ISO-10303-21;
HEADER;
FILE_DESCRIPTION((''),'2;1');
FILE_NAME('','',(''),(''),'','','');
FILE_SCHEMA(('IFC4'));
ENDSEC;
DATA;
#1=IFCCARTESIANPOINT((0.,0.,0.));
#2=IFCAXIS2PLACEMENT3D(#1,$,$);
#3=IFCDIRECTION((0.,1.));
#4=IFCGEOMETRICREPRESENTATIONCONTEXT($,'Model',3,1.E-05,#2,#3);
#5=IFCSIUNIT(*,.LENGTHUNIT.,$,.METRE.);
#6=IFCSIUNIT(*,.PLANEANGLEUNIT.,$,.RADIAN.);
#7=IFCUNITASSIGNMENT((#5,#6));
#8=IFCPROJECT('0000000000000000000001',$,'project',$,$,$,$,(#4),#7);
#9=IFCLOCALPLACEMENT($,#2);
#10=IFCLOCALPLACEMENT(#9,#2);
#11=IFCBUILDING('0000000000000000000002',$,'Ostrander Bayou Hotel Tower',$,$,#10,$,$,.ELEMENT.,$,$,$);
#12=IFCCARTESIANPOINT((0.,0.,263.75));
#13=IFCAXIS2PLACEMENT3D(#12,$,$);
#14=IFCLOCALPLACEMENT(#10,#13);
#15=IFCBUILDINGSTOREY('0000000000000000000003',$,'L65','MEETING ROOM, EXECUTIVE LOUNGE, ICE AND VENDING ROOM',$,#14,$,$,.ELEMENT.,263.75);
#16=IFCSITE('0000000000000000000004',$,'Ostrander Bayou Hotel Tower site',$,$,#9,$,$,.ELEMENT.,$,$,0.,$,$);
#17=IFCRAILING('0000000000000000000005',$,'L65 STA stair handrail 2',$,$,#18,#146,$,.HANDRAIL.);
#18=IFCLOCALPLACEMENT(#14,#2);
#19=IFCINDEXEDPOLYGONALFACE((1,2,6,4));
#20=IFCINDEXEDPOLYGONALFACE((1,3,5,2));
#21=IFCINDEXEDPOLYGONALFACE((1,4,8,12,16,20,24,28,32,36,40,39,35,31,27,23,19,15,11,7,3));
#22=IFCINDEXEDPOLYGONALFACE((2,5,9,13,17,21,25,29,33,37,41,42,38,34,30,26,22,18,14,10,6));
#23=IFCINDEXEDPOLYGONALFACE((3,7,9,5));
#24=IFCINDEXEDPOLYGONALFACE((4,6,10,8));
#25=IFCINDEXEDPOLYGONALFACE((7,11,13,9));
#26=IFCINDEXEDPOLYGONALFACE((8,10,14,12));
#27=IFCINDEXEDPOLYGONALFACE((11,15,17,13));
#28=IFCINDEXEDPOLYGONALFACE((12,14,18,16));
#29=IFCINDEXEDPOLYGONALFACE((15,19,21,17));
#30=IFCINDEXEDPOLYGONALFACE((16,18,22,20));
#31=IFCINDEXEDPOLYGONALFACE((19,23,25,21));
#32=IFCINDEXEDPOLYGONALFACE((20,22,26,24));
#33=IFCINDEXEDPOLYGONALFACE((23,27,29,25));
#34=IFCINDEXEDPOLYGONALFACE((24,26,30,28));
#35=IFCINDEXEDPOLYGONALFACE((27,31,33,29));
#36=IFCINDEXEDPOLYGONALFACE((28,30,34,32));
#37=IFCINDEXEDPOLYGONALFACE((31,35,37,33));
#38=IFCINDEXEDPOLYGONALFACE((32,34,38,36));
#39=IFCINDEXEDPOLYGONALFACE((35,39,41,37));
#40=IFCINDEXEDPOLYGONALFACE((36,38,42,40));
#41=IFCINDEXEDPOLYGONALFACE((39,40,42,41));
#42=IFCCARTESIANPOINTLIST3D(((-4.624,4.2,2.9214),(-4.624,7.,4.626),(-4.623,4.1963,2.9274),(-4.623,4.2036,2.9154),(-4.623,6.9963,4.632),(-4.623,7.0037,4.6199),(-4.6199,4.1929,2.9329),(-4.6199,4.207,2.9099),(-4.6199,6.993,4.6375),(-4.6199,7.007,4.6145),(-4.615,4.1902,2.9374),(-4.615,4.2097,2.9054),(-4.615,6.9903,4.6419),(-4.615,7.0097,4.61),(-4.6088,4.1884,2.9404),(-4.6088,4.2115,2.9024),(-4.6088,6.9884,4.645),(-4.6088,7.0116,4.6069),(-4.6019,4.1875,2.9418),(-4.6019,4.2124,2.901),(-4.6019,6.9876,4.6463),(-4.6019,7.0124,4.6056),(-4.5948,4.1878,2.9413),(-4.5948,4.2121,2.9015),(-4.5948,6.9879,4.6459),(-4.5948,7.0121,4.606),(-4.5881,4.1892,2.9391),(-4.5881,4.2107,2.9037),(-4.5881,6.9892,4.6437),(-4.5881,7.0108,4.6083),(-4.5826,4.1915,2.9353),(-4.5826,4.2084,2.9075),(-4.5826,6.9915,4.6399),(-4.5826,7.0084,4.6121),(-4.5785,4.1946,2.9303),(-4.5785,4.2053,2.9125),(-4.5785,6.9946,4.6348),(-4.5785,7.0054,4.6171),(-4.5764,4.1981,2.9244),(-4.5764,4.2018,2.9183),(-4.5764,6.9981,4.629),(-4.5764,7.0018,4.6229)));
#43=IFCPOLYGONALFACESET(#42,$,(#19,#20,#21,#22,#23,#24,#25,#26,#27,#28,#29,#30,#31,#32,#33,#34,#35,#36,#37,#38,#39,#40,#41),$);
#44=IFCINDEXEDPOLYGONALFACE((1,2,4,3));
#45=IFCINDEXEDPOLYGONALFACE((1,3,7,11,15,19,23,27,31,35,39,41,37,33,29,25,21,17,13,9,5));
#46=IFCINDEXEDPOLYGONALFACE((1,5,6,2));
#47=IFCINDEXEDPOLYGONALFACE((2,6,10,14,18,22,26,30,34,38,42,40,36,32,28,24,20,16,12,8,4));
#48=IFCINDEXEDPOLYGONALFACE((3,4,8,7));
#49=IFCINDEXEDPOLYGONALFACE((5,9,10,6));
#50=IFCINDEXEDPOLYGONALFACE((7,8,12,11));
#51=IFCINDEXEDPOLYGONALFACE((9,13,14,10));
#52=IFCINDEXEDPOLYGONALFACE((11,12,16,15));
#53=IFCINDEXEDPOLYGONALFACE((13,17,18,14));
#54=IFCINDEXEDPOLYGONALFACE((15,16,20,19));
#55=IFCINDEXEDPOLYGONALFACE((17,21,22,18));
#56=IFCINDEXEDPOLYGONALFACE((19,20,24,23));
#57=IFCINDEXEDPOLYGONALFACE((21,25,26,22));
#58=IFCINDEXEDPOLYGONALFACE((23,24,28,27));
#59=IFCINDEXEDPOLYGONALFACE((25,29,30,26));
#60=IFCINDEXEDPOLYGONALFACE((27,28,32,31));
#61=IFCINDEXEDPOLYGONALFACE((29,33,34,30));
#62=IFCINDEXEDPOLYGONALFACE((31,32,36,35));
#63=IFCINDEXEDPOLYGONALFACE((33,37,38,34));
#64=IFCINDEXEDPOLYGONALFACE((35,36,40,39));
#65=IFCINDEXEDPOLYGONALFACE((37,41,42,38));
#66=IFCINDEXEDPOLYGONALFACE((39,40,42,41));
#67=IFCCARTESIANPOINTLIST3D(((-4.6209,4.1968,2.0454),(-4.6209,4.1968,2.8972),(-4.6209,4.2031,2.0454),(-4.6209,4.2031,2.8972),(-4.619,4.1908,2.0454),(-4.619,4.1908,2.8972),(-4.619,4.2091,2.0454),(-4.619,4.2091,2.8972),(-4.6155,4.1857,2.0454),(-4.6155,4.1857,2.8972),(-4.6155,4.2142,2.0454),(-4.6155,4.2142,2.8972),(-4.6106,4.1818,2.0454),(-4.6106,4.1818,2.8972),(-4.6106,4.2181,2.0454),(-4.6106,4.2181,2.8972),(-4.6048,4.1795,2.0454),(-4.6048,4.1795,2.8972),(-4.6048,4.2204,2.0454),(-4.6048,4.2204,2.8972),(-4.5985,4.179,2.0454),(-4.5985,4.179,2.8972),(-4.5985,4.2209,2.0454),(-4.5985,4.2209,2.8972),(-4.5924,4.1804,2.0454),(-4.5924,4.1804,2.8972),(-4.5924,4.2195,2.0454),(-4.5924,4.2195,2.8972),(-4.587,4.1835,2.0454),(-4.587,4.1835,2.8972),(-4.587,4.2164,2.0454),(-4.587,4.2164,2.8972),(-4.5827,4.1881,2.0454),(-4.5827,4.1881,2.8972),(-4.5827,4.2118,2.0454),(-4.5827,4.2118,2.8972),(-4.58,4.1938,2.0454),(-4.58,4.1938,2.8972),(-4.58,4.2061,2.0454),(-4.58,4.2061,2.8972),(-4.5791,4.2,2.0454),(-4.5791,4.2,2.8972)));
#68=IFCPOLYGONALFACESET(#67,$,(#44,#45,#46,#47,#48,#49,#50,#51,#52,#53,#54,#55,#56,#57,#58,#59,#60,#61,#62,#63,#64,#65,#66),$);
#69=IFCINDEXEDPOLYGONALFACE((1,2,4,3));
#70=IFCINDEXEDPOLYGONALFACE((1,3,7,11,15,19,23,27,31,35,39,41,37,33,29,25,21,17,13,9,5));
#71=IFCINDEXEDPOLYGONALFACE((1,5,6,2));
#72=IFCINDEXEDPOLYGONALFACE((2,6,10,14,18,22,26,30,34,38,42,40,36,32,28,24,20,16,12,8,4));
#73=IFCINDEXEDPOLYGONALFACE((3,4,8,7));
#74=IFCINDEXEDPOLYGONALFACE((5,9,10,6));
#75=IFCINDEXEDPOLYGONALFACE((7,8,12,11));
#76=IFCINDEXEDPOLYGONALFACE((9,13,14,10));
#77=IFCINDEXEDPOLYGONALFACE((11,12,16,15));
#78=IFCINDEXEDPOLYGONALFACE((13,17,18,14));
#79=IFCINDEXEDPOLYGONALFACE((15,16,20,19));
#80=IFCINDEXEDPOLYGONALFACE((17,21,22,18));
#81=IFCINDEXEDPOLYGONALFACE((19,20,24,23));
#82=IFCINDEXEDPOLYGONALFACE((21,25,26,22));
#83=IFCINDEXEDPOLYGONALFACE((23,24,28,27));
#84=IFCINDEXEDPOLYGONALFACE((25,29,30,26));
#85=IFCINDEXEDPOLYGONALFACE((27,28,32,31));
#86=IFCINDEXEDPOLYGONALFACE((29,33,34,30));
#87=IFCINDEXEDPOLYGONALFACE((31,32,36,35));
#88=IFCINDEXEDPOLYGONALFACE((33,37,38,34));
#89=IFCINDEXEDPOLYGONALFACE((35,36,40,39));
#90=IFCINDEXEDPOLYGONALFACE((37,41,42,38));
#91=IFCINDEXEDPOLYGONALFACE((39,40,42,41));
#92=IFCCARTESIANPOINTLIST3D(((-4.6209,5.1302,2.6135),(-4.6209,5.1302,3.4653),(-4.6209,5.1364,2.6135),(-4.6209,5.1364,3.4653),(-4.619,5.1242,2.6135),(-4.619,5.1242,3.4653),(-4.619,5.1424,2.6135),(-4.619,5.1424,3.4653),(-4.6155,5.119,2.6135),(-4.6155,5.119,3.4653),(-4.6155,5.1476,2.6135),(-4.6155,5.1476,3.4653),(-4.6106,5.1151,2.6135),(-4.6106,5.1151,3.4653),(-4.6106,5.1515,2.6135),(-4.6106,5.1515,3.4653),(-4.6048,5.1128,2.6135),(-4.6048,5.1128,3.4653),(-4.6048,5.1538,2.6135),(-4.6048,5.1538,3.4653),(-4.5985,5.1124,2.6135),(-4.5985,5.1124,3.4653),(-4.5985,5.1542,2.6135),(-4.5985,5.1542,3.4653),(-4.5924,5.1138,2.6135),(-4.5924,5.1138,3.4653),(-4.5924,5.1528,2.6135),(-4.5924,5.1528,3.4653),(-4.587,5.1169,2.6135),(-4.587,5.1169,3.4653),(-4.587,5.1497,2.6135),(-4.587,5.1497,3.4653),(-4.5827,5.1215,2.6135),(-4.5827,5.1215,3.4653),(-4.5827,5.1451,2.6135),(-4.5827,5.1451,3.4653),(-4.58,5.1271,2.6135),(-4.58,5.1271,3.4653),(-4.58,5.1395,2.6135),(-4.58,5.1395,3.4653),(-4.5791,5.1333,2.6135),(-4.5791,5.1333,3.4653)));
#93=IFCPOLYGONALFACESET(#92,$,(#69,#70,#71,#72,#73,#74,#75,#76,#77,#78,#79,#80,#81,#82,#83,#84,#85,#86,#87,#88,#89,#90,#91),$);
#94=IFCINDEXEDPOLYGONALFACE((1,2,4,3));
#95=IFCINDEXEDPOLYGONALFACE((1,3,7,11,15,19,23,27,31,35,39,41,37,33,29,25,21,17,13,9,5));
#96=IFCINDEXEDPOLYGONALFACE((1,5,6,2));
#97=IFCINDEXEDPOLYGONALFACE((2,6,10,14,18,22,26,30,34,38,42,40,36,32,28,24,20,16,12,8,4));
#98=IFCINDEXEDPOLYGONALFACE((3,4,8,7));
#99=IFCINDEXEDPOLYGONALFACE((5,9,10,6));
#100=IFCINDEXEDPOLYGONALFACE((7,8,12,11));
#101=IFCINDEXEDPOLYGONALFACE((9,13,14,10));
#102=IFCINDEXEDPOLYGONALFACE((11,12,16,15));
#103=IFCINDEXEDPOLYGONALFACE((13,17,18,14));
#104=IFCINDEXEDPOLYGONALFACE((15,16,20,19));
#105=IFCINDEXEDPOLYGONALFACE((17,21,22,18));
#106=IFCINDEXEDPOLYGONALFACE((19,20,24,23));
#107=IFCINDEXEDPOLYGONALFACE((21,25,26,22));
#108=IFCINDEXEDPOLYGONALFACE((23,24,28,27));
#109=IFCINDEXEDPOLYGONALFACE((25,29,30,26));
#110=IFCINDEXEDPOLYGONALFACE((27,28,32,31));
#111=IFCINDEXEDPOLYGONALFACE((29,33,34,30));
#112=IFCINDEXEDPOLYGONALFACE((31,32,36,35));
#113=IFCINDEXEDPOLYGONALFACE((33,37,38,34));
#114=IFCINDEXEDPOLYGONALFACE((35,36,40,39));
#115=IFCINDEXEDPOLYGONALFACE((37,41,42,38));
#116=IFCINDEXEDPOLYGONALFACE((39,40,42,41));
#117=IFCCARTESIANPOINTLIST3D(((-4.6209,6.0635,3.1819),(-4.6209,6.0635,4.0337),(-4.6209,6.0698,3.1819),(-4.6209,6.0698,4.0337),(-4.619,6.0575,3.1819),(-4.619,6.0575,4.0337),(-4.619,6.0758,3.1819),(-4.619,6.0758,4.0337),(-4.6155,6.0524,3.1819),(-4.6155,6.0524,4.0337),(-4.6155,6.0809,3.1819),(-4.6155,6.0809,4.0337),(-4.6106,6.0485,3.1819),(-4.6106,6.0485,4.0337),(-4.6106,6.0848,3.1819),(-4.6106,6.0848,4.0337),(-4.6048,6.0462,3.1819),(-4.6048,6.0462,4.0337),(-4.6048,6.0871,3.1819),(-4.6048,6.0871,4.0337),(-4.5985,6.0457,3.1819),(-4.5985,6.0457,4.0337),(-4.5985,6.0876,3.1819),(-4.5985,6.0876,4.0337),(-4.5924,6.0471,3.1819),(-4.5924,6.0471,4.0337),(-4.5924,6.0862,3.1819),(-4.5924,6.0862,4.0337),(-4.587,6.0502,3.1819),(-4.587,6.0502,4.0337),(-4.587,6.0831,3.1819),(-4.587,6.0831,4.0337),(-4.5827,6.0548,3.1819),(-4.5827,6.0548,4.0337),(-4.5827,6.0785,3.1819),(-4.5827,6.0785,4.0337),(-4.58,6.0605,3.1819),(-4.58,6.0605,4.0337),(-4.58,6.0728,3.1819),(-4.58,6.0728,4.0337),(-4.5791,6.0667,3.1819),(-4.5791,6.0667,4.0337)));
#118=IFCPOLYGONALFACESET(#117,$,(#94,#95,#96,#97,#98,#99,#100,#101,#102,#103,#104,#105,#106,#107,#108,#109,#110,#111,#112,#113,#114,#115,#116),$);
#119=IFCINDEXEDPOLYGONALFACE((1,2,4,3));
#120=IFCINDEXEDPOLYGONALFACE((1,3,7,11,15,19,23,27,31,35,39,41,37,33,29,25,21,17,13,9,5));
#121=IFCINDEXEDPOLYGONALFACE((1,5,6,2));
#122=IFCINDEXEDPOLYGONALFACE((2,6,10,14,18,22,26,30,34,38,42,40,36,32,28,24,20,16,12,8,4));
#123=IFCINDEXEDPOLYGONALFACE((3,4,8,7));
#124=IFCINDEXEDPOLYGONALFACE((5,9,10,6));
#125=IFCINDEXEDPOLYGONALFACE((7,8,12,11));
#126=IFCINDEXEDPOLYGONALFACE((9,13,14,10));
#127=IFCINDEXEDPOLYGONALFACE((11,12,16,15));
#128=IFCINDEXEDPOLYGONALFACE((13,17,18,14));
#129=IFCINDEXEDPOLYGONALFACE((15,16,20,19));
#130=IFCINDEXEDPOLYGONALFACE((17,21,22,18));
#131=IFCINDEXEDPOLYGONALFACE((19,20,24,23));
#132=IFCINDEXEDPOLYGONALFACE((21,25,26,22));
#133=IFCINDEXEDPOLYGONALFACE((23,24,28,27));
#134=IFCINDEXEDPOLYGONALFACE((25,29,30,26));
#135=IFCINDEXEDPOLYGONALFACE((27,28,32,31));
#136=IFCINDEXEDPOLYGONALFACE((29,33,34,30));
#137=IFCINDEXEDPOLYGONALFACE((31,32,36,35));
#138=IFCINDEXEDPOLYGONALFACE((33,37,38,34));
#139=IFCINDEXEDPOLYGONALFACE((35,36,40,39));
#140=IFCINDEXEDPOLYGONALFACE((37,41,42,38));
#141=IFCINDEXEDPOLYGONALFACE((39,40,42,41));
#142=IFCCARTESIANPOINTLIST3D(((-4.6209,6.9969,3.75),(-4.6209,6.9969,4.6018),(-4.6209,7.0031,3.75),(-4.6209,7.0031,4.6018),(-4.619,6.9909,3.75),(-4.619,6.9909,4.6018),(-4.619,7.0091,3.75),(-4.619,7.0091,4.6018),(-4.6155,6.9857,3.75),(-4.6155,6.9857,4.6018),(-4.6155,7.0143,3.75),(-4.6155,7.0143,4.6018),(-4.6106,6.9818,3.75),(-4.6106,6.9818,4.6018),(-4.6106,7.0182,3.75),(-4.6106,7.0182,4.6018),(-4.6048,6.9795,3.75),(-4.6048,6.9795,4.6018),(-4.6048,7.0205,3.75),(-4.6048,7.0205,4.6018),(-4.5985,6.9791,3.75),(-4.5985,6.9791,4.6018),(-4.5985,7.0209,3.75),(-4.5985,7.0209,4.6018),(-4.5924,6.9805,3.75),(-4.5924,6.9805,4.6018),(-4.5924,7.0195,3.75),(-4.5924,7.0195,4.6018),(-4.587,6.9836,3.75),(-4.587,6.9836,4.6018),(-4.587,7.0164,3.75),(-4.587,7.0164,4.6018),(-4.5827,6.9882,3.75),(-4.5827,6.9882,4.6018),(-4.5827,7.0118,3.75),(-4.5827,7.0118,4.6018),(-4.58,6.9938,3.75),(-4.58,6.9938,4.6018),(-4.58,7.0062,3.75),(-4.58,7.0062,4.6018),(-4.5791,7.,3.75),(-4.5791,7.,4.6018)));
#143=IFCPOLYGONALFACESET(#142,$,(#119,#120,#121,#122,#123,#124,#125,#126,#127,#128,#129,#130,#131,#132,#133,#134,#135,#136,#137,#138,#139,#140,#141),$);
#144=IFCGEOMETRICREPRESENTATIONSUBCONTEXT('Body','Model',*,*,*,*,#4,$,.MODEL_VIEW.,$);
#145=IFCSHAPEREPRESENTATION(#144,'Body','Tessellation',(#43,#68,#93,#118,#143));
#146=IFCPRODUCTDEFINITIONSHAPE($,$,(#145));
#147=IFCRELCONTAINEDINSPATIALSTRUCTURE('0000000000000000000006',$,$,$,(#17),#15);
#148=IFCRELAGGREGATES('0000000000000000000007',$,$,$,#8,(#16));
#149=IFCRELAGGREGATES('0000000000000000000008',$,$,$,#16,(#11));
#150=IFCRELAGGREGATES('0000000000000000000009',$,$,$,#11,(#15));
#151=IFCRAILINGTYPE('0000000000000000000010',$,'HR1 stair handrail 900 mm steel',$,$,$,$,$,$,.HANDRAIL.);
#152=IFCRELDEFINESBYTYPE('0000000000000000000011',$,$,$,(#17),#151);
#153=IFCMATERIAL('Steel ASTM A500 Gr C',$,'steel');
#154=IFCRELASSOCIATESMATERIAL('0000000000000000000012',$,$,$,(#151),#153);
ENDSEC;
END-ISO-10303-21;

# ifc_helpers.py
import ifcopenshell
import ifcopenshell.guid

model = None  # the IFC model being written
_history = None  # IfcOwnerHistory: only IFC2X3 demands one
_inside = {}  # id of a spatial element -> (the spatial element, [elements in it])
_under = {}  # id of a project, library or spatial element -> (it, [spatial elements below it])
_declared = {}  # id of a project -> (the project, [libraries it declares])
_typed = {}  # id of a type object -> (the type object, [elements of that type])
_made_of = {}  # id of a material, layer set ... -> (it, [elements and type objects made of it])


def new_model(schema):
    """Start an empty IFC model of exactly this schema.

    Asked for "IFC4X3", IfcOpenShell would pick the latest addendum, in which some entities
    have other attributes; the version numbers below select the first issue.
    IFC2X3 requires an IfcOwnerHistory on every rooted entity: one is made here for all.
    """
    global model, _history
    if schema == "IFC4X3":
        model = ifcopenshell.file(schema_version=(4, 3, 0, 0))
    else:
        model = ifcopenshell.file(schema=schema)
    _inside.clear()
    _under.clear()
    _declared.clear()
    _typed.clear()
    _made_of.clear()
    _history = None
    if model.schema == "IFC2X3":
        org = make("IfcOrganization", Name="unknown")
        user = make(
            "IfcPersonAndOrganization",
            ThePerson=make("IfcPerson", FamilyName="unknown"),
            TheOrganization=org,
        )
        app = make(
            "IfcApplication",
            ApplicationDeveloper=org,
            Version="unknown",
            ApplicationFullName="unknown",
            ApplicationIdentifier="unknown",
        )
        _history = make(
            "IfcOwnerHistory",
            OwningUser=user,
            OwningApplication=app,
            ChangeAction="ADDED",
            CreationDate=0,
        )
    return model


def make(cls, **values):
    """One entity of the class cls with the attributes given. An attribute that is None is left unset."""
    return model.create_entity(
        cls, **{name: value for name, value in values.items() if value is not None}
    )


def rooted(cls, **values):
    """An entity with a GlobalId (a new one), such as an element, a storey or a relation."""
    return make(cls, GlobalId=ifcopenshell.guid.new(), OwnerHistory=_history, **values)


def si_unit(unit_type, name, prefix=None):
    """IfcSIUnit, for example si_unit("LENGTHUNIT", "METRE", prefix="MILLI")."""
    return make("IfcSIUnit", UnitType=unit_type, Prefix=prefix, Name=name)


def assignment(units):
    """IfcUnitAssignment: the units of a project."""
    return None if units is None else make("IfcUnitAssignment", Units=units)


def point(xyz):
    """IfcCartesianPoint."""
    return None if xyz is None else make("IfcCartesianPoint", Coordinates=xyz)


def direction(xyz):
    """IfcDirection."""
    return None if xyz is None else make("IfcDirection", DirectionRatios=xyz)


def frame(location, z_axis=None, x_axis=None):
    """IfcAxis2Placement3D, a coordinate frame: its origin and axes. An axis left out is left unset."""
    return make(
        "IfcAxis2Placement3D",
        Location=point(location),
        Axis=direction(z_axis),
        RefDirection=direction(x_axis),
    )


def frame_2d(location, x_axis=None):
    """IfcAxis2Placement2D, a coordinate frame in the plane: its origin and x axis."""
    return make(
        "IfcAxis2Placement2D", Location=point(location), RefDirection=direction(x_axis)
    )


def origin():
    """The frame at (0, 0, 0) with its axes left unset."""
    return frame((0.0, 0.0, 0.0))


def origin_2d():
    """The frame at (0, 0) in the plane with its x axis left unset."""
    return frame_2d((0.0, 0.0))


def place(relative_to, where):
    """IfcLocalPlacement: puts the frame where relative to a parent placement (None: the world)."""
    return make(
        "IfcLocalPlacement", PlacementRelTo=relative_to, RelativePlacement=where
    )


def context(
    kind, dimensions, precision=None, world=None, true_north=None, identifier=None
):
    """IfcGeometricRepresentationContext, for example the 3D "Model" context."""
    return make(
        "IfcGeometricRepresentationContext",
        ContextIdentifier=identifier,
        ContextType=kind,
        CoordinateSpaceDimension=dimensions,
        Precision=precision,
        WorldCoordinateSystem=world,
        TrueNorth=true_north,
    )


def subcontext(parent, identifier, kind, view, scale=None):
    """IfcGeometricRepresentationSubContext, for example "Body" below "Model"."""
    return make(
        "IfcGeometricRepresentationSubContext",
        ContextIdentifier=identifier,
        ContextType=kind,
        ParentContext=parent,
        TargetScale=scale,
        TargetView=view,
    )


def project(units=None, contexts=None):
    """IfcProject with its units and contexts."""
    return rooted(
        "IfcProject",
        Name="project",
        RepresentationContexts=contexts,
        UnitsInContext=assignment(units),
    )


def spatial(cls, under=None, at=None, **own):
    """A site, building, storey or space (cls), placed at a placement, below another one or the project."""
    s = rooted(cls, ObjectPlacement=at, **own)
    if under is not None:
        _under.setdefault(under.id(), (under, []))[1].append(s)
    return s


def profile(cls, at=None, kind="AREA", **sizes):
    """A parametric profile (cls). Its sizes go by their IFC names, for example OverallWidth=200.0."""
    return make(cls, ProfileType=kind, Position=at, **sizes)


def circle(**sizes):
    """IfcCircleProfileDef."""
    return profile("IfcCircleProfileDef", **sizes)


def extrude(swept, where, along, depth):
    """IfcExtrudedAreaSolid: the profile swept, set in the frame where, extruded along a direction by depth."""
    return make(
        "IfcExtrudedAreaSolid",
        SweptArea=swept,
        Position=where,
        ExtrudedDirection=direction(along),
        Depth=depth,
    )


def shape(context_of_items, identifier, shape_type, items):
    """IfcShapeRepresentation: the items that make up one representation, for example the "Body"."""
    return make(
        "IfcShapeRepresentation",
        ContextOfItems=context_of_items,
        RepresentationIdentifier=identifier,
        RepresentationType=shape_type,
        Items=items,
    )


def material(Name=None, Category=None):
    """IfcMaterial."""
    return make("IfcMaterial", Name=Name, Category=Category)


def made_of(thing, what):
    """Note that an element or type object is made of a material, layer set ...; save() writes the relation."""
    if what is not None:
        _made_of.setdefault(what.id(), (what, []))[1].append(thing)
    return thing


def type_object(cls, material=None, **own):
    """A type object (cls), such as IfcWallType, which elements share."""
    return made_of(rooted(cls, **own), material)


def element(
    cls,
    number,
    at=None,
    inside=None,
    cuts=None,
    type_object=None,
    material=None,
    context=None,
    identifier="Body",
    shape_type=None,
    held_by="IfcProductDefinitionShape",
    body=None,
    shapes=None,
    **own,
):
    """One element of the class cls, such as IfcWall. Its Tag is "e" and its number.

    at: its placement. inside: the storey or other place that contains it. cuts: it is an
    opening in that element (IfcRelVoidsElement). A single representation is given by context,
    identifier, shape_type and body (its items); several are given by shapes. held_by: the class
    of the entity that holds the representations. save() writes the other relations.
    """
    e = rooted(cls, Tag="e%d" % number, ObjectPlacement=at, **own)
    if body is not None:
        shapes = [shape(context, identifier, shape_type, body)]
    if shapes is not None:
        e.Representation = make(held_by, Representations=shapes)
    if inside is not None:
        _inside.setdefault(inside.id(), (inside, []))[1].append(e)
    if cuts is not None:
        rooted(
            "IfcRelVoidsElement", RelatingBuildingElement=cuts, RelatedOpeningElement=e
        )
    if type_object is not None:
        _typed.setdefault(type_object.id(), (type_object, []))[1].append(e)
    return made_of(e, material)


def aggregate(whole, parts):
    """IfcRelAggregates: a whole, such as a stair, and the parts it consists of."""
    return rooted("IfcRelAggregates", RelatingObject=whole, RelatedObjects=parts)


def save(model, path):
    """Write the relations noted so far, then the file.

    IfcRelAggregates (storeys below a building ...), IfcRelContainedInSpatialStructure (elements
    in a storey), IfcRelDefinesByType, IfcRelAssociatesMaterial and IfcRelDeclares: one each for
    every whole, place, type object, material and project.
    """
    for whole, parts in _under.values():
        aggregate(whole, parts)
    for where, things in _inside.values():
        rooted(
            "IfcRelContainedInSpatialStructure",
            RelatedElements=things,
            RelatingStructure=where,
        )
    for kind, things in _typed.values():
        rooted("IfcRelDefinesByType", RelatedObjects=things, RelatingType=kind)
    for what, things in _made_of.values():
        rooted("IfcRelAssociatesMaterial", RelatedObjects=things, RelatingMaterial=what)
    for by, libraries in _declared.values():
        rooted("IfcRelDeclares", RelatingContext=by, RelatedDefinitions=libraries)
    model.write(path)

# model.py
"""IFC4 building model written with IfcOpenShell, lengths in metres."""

from ifc_helpers import new_model, si_unit, direction, frame, origin, origin_2d, place, context, subcontext, project, spatial, circle, extrude, material, type_object, element, save


model = new_model("IFC4")

# Units and contexts
model_context = context("Model", 3, precision=1e-05, world=origin(), true_north=direction((0.0, 1.0)))
body_context = subcontext(model_context, "Body", "Model", "MODEL_VIEW")
ifc_project = project(units=[si_unit("LENGTHUNIT", "METRE"), si_unit("PLANEANGLEUNIT", "RADIAN")], contexts=[model_context])

# Site, building, storey
site_placement = place(None, origin())
site = spatial("IfcSite", under=ifc_project, at=site_placement, Name="Ostrander Bayou Hotel Tower site", CompositionType="ELEMENT", RefElevation=0.0)
building_placement = place(site_placement, origin())
building = spatial("IfcBuilding", under=site, at=building_placement, Name="Ostrander Bayou Hotel Tower", CompositionType="ELEMENT")
storey_placement = place(building_placement, frame((0.0, 0.0, 263.75)))
storey = spatial("IfcBuildingStorey", under=building, at=storey_placement, Name="L65", Description="MEETING ROOM, EXECUTIVE LOUNGE, ICE AND VENDING ROOM", CompositionType="ELEMENT", Elevation=263.75)

# Railing
ifc_material_1 = material(Name="Steel ASTM A500 Gr C", Category="steel")
railing_type_1 = type_object("IfcRailingType", Name="HR1 stair handrail 900 mm steel", PredefinedType="HANDRAIL", material=ifc_material_1)
railing_1_placement = place(storey_placement, frame((-4.6001, 4.2, 2.0454)))
element("IfcRailing", 1, at=railing_1_placement, inside=storey, type_object=railing_type_1, Name="L65 STA stair handrail 2", PredefinedType="HANDRAIL", context=body_context, shape_type="SweptSolid", body=[
    extrude(circle(Radius=0.0239, at=origin_2d()), frame((0.0, 0.0, 0.876), z_axis=(0.0, 0.85417, 0.519994), x_axis=(-1.0, 0.0, 0.0)), (0.0, 0.0, 1.0), 3.2781),
    extrude(circle(Radius=0.021, at=origin_2d()), origin(), (0.0, 0.0, 1.0), 0.8518),
    extrude(circle(Radius=0.021, at=origin_2d()), frame((0.0, 0.9333, 0.5681)), (0.0, 0.0, 1.0), 0.8518),
    extrude(circle(Radius=0.021, at=origin_2d()), frame((0.0, 1.8667, 1.1365)), (0.0, 0.0, 1.0), 0.8518),
    extrude(circle(Radius=0.021, at=origin_2d()), frame((0.0, 2.8, 1.7046)), (0.0, 0.0, 1.0), 0.8518),
])

save(model, "model.ifc")
